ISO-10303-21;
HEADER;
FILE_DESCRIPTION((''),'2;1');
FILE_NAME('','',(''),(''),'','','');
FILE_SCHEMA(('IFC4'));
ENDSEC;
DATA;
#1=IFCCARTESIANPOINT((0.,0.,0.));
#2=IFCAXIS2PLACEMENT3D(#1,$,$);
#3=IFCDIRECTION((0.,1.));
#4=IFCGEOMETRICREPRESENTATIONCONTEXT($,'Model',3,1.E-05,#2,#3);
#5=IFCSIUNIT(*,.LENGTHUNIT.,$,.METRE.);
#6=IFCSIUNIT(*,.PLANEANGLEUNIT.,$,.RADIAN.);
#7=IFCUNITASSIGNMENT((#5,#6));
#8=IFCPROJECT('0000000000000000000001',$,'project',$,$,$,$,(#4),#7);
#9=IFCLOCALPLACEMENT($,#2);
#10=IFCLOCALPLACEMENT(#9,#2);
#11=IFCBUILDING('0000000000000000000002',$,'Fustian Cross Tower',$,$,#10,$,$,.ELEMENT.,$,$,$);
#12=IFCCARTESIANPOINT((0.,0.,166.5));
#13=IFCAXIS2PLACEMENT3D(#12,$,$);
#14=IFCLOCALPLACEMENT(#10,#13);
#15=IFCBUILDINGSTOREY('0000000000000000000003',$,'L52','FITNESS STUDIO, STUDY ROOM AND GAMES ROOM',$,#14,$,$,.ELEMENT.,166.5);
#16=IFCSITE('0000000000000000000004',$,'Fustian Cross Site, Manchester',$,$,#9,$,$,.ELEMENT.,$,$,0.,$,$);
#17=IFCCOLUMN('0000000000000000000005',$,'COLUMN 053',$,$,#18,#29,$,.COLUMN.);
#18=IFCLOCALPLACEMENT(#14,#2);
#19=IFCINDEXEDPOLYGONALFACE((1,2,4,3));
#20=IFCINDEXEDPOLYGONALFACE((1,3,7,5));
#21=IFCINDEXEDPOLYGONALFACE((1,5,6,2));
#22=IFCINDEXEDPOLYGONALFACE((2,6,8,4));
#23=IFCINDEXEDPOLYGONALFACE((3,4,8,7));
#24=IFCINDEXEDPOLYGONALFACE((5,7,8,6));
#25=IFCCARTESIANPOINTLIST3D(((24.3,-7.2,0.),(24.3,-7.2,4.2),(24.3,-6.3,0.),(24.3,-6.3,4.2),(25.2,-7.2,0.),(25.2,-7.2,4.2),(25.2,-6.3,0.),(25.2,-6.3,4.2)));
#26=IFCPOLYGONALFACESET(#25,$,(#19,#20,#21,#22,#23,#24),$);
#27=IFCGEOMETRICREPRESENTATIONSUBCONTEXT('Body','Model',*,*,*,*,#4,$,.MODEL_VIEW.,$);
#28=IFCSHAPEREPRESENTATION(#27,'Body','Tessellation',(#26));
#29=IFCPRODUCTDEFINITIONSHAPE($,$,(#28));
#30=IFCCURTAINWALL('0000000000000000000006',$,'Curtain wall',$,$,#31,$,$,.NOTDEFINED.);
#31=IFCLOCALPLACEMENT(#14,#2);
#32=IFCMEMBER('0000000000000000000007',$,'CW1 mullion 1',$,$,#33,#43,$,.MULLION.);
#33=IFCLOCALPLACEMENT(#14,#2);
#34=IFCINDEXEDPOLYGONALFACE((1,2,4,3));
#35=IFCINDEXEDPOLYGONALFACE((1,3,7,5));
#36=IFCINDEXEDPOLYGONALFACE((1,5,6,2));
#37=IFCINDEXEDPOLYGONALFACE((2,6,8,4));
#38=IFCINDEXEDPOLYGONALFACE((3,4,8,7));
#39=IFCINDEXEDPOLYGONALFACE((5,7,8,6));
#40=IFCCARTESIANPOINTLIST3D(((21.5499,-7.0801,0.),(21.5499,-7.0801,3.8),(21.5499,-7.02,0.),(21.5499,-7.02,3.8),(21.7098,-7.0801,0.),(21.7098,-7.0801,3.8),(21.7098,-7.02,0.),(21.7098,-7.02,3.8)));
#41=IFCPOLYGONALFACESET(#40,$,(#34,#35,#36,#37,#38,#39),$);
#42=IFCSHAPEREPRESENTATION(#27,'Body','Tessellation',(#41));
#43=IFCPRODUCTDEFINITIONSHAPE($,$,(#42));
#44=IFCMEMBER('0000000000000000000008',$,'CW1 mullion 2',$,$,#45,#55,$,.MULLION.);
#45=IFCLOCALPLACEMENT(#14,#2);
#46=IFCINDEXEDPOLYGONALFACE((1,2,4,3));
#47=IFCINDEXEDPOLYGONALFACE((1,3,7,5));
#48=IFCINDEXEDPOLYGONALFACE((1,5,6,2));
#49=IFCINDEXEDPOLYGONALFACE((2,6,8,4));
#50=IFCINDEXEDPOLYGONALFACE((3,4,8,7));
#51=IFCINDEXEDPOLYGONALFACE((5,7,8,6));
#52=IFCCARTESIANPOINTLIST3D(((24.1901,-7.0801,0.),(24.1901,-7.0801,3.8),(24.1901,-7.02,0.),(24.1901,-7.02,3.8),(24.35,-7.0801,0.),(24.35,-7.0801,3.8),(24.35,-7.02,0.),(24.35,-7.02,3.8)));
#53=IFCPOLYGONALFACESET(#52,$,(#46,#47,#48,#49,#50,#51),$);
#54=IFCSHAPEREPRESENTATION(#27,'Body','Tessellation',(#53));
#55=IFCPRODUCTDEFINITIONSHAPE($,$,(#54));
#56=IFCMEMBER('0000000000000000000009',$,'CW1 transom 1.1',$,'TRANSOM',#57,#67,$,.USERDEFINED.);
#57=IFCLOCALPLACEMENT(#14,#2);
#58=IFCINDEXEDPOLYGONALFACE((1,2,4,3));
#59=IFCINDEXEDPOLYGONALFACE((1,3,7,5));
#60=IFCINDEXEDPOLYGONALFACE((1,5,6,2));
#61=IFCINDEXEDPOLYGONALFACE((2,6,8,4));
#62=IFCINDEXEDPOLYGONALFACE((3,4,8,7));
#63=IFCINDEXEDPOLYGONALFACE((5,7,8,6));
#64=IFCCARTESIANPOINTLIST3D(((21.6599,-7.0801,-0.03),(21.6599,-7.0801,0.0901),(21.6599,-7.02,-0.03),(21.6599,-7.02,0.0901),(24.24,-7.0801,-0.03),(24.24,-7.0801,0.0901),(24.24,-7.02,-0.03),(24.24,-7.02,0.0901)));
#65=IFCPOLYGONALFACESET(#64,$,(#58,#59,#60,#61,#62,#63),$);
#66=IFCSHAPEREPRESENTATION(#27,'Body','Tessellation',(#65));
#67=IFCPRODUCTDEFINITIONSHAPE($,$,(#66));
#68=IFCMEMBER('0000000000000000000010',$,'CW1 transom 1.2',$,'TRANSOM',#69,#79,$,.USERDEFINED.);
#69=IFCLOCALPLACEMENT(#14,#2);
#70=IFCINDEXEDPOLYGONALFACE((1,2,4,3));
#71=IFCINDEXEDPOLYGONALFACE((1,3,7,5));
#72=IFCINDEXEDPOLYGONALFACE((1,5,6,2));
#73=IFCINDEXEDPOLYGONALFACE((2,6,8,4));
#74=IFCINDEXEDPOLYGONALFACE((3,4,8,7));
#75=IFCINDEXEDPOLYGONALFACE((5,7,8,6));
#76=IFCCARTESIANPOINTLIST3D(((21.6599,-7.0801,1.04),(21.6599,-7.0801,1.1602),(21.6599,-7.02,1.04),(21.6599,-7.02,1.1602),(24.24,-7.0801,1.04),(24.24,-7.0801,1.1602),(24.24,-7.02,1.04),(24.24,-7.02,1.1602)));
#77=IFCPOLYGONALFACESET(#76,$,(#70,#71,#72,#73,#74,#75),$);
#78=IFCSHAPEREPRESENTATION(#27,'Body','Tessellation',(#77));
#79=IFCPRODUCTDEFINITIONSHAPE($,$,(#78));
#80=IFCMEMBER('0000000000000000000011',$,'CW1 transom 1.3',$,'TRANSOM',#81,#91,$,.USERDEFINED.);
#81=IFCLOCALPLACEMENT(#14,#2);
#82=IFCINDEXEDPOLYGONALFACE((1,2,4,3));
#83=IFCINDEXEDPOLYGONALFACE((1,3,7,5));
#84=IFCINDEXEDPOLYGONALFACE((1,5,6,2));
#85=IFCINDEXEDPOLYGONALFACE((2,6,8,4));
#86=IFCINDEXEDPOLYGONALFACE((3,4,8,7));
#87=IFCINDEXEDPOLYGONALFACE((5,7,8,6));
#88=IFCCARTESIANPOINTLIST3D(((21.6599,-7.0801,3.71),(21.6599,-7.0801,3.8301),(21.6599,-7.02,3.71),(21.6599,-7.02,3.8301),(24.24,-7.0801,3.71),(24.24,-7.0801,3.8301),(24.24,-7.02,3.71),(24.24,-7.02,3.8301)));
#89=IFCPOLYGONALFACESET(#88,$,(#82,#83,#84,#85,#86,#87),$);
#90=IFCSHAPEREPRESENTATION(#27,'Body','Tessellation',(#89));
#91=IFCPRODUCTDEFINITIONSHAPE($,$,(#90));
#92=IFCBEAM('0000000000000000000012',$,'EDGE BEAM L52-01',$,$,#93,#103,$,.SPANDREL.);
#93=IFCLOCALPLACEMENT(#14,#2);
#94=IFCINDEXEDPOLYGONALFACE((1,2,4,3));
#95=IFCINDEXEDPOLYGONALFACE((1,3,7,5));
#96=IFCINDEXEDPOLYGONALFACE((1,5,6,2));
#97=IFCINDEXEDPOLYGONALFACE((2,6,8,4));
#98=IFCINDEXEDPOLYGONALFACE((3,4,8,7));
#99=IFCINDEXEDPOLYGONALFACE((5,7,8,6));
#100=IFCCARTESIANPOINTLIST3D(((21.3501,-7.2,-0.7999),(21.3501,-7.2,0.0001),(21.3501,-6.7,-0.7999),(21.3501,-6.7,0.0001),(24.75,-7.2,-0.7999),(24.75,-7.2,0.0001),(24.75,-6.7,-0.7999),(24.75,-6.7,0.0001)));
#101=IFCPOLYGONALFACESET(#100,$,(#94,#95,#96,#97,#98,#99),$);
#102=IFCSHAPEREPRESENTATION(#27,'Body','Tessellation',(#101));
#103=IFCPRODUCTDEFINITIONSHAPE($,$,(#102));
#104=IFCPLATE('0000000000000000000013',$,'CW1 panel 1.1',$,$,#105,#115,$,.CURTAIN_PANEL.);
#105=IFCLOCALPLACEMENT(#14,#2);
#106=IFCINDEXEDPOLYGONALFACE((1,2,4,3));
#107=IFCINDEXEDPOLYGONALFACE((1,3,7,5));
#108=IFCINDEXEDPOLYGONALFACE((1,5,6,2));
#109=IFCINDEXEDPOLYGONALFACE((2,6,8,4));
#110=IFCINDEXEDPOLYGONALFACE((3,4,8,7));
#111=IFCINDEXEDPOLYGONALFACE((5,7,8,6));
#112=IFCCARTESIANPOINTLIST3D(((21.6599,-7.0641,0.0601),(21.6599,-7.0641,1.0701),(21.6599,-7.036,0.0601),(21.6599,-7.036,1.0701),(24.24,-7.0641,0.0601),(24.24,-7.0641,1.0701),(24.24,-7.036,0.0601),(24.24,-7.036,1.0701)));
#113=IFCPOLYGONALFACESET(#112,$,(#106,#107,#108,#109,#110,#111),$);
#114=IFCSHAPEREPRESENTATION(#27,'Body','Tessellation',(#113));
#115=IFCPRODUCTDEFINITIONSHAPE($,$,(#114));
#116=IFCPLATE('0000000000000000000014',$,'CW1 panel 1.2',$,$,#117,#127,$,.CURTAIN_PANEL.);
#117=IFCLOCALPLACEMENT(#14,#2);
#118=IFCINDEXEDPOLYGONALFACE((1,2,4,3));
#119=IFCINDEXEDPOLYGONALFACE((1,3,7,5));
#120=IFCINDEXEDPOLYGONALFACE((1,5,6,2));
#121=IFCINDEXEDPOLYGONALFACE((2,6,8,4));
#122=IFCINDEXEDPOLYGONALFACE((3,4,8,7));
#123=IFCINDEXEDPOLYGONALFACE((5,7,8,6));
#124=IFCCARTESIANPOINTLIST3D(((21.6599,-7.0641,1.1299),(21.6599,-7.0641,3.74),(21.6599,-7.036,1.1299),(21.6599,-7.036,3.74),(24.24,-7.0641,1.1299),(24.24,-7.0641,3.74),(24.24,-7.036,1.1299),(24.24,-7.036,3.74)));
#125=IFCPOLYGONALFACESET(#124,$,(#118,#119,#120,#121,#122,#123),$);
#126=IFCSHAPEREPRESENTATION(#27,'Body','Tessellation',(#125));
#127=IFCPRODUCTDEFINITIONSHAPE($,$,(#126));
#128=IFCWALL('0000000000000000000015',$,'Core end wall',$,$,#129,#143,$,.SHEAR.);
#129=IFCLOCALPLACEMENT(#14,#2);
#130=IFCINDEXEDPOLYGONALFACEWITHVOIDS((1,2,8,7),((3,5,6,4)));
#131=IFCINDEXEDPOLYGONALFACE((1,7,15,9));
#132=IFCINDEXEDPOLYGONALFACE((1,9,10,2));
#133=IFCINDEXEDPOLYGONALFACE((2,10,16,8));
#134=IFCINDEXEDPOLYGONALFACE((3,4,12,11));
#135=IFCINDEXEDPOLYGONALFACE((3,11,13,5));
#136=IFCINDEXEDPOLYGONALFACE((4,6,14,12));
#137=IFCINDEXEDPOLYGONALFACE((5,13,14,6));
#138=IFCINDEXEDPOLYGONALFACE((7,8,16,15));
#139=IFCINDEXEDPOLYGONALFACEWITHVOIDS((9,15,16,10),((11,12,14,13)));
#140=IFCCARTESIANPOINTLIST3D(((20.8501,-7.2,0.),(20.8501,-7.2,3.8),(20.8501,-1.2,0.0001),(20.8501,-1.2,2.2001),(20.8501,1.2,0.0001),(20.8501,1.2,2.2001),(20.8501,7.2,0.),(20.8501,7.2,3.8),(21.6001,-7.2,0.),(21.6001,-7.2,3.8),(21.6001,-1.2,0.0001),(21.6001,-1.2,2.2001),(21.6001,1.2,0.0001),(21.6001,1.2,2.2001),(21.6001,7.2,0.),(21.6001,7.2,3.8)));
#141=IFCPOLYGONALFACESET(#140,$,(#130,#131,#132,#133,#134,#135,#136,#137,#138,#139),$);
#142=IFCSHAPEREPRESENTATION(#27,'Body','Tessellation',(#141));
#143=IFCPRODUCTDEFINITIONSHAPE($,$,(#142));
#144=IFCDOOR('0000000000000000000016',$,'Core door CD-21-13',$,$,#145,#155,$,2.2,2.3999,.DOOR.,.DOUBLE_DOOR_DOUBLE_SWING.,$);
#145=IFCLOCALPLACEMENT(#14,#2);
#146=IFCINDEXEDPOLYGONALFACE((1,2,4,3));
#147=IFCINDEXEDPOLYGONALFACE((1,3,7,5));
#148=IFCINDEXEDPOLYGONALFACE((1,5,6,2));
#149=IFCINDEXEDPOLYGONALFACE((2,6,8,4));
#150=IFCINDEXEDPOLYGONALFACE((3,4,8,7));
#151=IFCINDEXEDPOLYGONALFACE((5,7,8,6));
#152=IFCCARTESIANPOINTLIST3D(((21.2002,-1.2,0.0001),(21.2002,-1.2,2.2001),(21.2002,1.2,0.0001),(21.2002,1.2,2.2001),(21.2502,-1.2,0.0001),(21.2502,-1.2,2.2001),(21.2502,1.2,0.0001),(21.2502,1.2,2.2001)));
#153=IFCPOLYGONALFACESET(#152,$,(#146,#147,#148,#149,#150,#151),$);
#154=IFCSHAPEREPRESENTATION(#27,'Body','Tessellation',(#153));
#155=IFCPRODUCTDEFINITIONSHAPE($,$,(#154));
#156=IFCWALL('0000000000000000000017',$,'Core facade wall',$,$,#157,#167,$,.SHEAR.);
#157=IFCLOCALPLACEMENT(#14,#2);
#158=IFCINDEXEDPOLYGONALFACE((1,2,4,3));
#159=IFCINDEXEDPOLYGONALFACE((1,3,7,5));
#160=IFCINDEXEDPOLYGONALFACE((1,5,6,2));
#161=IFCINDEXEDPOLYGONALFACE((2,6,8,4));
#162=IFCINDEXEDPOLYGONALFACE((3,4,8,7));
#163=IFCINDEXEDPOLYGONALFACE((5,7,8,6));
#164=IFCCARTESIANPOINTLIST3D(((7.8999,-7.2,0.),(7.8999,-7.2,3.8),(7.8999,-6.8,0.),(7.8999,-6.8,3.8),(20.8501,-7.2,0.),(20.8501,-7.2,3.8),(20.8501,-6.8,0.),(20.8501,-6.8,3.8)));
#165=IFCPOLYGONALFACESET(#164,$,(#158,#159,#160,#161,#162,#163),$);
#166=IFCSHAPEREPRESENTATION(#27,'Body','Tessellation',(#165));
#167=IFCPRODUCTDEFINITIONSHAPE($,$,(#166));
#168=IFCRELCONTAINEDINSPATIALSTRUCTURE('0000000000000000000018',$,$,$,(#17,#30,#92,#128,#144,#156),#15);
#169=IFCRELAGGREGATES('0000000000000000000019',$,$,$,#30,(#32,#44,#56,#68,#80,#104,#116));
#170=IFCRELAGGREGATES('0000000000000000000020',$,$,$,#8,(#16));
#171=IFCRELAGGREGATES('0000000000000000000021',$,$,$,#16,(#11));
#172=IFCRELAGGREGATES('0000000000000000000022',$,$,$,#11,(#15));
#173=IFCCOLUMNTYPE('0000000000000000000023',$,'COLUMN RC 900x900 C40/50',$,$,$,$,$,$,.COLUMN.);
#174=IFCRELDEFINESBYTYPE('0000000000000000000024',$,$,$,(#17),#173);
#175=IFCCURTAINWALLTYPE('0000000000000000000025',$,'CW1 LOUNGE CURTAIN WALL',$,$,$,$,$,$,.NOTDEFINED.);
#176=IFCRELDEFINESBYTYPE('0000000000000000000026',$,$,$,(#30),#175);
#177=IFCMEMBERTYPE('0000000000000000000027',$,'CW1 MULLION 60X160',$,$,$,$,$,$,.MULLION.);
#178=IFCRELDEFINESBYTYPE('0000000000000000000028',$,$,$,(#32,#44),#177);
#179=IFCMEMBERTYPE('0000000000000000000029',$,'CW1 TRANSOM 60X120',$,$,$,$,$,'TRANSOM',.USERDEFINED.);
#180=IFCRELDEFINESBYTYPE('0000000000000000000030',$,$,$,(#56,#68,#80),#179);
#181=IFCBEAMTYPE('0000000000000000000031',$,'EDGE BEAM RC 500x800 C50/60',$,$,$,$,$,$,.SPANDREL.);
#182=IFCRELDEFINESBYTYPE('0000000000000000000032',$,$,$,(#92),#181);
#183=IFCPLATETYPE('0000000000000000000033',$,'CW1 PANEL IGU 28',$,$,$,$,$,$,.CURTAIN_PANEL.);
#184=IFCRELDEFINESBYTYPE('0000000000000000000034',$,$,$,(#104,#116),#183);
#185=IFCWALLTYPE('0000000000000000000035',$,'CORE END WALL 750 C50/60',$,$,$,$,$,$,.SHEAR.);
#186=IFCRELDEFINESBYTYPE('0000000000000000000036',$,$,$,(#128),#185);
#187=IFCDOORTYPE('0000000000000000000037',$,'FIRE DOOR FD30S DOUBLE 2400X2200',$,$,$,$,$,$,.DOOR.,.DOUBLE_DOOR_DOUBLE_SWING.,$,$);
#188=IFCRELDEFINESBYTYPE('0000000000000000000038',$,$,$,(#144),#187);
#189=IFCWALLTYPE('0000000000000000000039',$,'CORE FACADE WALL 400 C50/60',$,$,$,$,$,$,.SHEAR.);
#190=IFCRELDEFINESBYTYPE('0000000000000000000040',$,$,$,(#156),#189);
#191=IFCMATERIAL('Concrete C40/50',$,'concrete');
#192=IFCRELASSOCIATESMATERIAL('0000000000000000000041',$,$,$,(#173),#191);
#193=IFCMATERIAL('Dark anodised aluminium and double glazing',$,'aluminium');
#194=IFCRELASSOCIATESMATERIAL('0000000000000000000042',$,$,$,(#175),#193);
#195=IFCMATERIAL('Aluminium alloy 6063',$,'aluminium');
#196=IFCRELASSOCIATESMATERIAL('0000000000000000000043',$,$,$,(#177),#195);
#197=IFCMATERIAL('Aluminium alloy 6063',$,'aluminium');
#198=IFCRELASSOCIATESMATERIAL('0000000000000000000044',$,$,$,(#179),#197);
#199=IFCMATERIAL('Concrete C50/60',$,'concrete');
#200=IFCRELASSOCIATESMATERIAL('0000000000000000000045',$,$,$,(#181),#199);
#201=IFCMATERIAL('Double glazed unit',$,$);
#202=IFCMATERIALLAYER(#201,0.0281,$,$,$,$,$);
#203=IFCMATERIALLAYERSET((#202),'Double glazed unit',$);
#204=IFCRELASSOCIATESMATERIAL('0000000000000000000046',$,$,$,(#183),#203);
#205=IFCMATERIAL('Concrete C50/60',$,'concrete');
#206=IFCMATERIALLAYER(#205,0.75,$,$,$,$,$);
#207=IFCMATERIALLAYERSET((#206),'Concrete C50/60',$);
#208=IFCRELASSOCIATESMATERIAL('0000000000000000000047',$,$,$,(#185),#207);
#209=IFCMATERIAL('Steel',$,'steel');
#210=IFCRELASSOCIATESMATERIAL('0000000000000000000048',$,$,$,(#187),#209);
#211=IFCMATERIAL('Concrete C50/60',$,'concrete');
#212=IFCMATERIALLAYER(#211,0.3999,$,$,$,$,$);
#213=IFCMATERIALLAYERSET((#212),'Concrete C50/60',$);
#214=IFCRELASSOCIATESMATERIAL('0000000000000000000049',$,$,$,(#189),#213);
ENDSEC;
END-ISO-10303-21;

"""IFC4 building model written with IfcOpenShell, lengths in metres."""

from ifc_helpers import new_model, si_unit, direction, frame, frame_2d, origin, origin_2d, place, context, subcontext, project, spatial, rectangle, extrude, material, layer, layer_set, material_profile, profile_set, type_object, element, fill, aggregate, save


model = new_model("IFC4")

# Units and contexts
model_context = context("Model", 3, precision=1e-05, world=origin(), true_north=direction((0.0, 1.0)))
body_context = subcontext(model_context, "Body", "Model", "MODEL_VIEW")
ifc_project = project(units=[si_unit("LENGTHUNIT", "METRE"), si_unit("PLANEANGLEUNIT", "RADIAN")], contexts=[model_context])

# Site, building, storey
site_placement = place(None, origin())
site = spatial("IfcSite", under=ifc_project, at=site_placement, Name="Fustian Cross Site, Manchester", CompositionType="ELEMENT", RefElevation=0.0)
building_placement = place(site_placement, origin())
building = spatial("IfcBuilding", under=site, at=building_placement, Name="Fustian Cross Tower", CompositionType="ELEMENT")
storey_placement = place(building_placement, frame((0.0, 0.0, 166.5)))
storey = spatial("IfcBuildingStorey", under=building, at=storey_placement, Name="L52", Description="FITNESS STUDIO, STUDY ROOM AND GAMES ROOM", CompositionType="ELEMENT", Elevation=166.5)

# Column
ifc_material_1 = material(Name="Concrete C40/50", Category="concrete")
ifc_material_profile_1 = material_profile(ifc_material_1, rectangle(XDim=0.8999, YDim=0.8999, at=origin_2d()), Name="RC 900x900")
ifc_profile_set_1 = profile_set([ifc_material_profile_1], Name="Concrete C40/50")
column_type = type_object("IfcColumnType", Name="COLUMN RC 900x900 C40/50", PredefinedType="COLUMN", material=ifc_profile_set_1)
column_placement = place(storey_placement, frame((24.75, -6.75, 0.0), z_axis=(0.0, 0.0, 1.0), x_axis=(1.0, 0.0, 0.0)))
element("IfcColumn", 1, at=column_placement, inside=storey, type_object=column_type, Name="COLUMN 053", PredefinedType="COLUMN", context=body_context, shape_type="SweptSolid", body=[
    extrude(rectangle(XDim=0.8999, YDim=0.8999, at=origin_2d()), origin(), (0.0, 0.0, 1.0), 4.2),
])

# Curtain wall, members
ifc_material_2 = material(Name="Dark anodised aluminium and double glazing", Category="aluminium")
curtain_wall_type = type_object("IfcCurtainWallType", Name="CW1 LOUNGE CURTAIN WALL", PredefinedType="NOTDEFINED", material=ifc_material_2)
curtain_wall_placement = place(storey_placement, origin())
curtain_wall = element("IfcCurtainWall", 2, at=curtain_wall_placement, inside=storey, type_object=curtain_wall_type, Name="Curtain wall", PredefinedType="NOTDEFINED")
ifc_material_3 = material(Name="Aluminium alloy 6063", Category="aluminium")
ifc_material_profile_2 = material_profile(ifc_material_3, rectangle(XDim=0.0601, YDim=0.1599, at=origin_2d()), Name="CW1 MULLION 60X160")
ifc_profile_set_2 = profile_set([ifc_material_profile_2], Name="Aluminium alloy 6063")
member_type_1 = type_object("IfcMemberType", Name="CW1 MULLION 60X160", PredefinedType="MULLION", material=ifc_profile_set_2)
member_1_placement = place(storey_placement, frame((21.6299, -7.05, 0.0), z_axis=(0.0, 0.0, 1.0), x_axis=(0.0, 1.0, 0.0)))
member_1 = element("IfcMember", 3, at=member_1_placement, type_object=member_type_1, Name="CW1 mullion 1", PredefinedType="MULLION", context=body_context, shape_type="SweptSolid", body=[
    extrude(rectangle(XDim=0.0601, YDim=0.1599, at=origin_2d()), origin(), (0.0, 0.0, 1.0), 3.8),
])
member_2_placement = place(storey_placement, frame((24.27, -7.05, 0.0), z_axis=(0.0, 0.0, 1.0), x_axis=(0.0, 1.0, 0.0)))
member_2 = element("IfcMember", 4, at=member_2_placement, type_object=member_type_1, Name="CW1 mullion 2", PredefinedType="MULLION", context=body_context, shape_type="SweptSolid", body=[
    extrude(rectangle(XDim=0.0601, YDim=0.1599, at=origin_2d()), origin(), (0.0, 0.0, 1.0), 3.8),
])
ifc_material_4 = material(Name="Aluminium alloy 6063", Category="aluminium")
ifc_material_profile_3 = material_profile(ifc_material_4, rectangle(XDim=0.0601, YDim=0.1201, at=origin_2d()), Name="CW1 TRANSOM 60X120")
ifc_profile_set_3 = profile_set([ifc_material_profile_3], Name="Aluminium alloy 6063")
member_type_2 = type_object("IfcMemberType", Name="CW1 TRANSOM 60X120", ElementType="TRANSOM", PredefinedType="USERDEFINED", material=ifc_profile_set_3)
member_3_placement = place(storey_placement, frame((21.6599, -7.05, 0.03), z_axis=(1.0, 0.0, 0.0), x_axis=(0.0, 1.0, 0.0)))
member_3 = element("IfcMember", 5, at=member_3_placement, type_object=member_type_2, Name="CW1 transom 1.1", ObjectType="TRANSOM", PredefinedType="USERDEFINED", context=body_context, shape_type="SweptSolid", body=[
    extrude(rectangle(XDim=0.0601, YDim=0.1201, at=origin_2d()), origin(), (0.0, 0.0, 1.0), 2.5801),
])
member_4_placement = place(storey_placement, frame((21.6599, -7.05, 1.1001), z_axis=(1.0, 0.0, 0.0), x_axis=(0.0, 1.0, 0.0)))
member_4 = element("IfcMember", 6, at=member_4_placement, type_object=member_type_2, Name="CW1 transom 1.2", ObjectType="TRANSOM", PredefinedType="USERDEFINED", context=body_context, shape_type="SweptSolid", body=[
    extrude(rectangle(XDim=0.0601, YDim=0.1201, at=origin_2d()), origin(), (0.0, 0.0, 1.0), 2.5801),
])
member_5_placement = place(storey_placement, frame((21.6599, -7.05, 3.77), z_axis=(1.0, 0.0, 0.0), x_axis=(0.0, 1.0, 0.0)))
member_5 = element("IfcMember", 7, at=member_5_placement, type_object=member_type_2, Name="CW1 transom 1.3", ObjectType="TRANSOM", PredefinedType="USERDEFINED", context=body_context, shape_type="SweptSolid", body=[
    extrude(rectangle(XDim=0.0601, YDim=0.1201, at=origin_2d()), origin(), (0.0, 0.0, 1.0), 2.5801),
])

# Beam
ifc_material_5 = material(Name="Concrete C50/60", Category="concrete")
ifc_material_profile_4 = material_profile(ifc_material_5, rectangle(XDim=0.5, YDim=0.8, at=origin_2d()), Name="RC 500x800")
ifc_profile_set_4 = profile_set([ifc_material_profile_4], Name="Concrete C50/60")
beam_type = type_object("IfcBeamType", Name="EDGE BEAM RC 500x800 C50/60", PredefinedType="SPANDREL", material=ifc_profile_set_4)
beam_placement = place(storey_placement, frame((21.3501, -6.95, -0.3999), z_axis=(1.0, 0.0, 0.0), x_axis=(0.0, 1.0, 0.0)))
element("IfcBeam", 8, at=beam_placement, inside=storey, type_object=beam_type, Name="EDGE BEAM L52-01", PredefinedType="SPANDREL", context=body_context, shape_type="SweptSolid", body=[
    extrude(rectangle(XDim=0.5, YDim=0.8, at=origin_2d()), origin(), (0.0, 0.0, 1.0), 3.3999),
])

# Plates
ifc_material_6 = material(Name="Double glazed unit")
ifc_layer_1 = layer(ifc_material_6, 0.0281)
ifc_layer_set_1 = layer_set([ifc_layer_1], Name="Double glazed unit")
plate_type = type_object("IfcPlateType", Name="CW1 PANEL IGU 28", PredefinedType="CURTAIN_PANEL", material=ifc_layer_set_1)
plate_1_placement = place(storey_placement, frame((22.95, -7.05, 0.0601), z_axis=(0.0, 0.0, 1.0), x_axis=(1.0, 0.0, 0.0)))
plate_1 = element("IfcPlate", 9, at=plate_1_placement, type_object=plate_type, Name="CW1 panel 1.1", PredefinedType="CURTAIN_PANEL", context=body_context, shape_type="SweptSolid", body=[
    extrude(rectangle(XDim=2.5801, YDim=0.0281, at=origin_2d()), origin(), (0.0, 0.0, 1.0), 1.01),
])
plate_2_placement = place(storey_placement, frame((22.95, -7.05, 1.1299), z_axis=(0.0, 0.0, 1.0), x_axis=(1.0, 0.0, 0.0)))
plate_2 = element("IfcPlate", 10, at=plate_2_placement, type_object=plate_type, Name="CW1 panel 1.2", PredefinedType="CURTAIN_PANEL", context=body_context, shape_type="SweptSolid", body=[
    extrude(rectangle(XDim=2.5801, YDim=0.0281, at=origin_2d()), origin(), (0.0, 0.0, 1.0), 2.6101),
])
aggregate(curtain_wall, [member_1, member_2, member_3, member_4, member_5, plate_1, plate_2])

# Wall, opening, door
ifc_material_7 = material(Name="Concrete C50/60", Category="concrete")
ifc_layer_2 = layer(ifc_material_7, 0.75)
ifc_layer_set_2 = layer_set([ifc_layer_2], Name="Concrete C50/60")
wall_type_1 = type_object("IfcWallType", Name="CORE END WALL 750 C50/60", PredefinedType="SHEAR", material=ifc_layer_set_2)
wall_1_placement = place(storey_placement, frame((21.2251, -7.2, 0.0), z_axis=(0.0, 0.0, 1.0), x_axis=(0.0, 1.0, 0.0)))
wall_1 = element("IfcWall", 11, at=wall_1_placement, inside=storey, type_object=wall_type_1, Name="Core end wall", PredefinedType="SHEAR", context=body_context, shape_type="SweptSolid", body=[
    extrude(rectangle(XDim=14.3999, YDim=0.75, at=frame_2d((7.2, 0.0))), origin(), (0.0, 0.0, 1.0), 3.8),
])
opening_1_placement = place(wall_1_placement, frame((6.0, 0.0, 0.0)))
opening_1 = element("IfcOpeningElement", 12, at=opening_1_placement, cuts=wall_1, PredefinedType="OPENING", context=body_context, shape_type="SweptSolid", body=[
    extrude(rectangle(XDim=2.3999, YDim=2.2, at=frame_2d((1.2, 1.1001))), frame((0.0, 0.385, 0.0), z_axis=(0.0, -1.0, 0.0), x_axis=(1.0, 0.0, 0.0)), (0.0, 0.0, 1.0), 0.77),
])
ifc_material_8 = material(Name="Steel", Category="steel")
door_type_1 = type_object("IfcDoorType", Name="FIRE DOOR FD30S DOUBLE 2400X2200", OperationType="DOUBLE_DOOR_DOUBLE_SWING", PredefinedType="DOOR", material=ifc_material_8)
door_1_placement = place(opening_1_placement, origin())
door_1 = element("IfcDoor", 13, at=door_1_placement, inside=storey, type_object=door_type_1, Name="Core door CD-21-13", OperationType="DOUBLE_DOOR_DOUBLE_SWING", OverallHeight=2.2, OverallWidth=2.3999, PredefinedType="DOOR", context=body_context, shape_type="SweptSolid", body=[
    extrude(rectangle(XDim=2.3999, YDim=2.2, at=frame_2d((1.2, 1.1001))), frame((0.0, 0.0249, 0.0), z_axis=(0.0, -1.0, 0.0), x_axis=(1.0, 0.0, 0.0)), (0.0, 0.0, 1.0), 0.05),
])
fill(opening_1, door_1)

# Wall
ifc_material_9 = material(Name="Concrete C50/60", Category="concrete")
ifc_layer_3 = layer(ifc_material_9, 0.3999)
ifc_layer_set_3 = layer_set([ifc_layer_3], Name="Concrete C50/60")
wall_type_2 = type_object("IfcWallType", Name="CORE FACADE WALL 400 C50/60", PredefinedType="SHEAR", material=ifc_layer_set_3)
wall_2_placement = place(storey_placement, frame((7.8999, -7.0, 0.0), z_axis=(0.0, 0.0, 1.0), x_axis=(1.0, 0.0, 0.0)))
element("IfcWall", 14, at=wall_2_placement, inside=storey, type_object=wall_type_2, Name="Core facade wall", PredefinedType="SHEAR", context=body_context, shape_type="SweptSolid", body=[
    extrude(rectangle(XDim=12.9502, YDim=0.3999, at=frame_2d((6.4751, 0.0))), origin(), (0.0, 0.0, 1.0), 3.8),
])

save(model, "model.ifc")
